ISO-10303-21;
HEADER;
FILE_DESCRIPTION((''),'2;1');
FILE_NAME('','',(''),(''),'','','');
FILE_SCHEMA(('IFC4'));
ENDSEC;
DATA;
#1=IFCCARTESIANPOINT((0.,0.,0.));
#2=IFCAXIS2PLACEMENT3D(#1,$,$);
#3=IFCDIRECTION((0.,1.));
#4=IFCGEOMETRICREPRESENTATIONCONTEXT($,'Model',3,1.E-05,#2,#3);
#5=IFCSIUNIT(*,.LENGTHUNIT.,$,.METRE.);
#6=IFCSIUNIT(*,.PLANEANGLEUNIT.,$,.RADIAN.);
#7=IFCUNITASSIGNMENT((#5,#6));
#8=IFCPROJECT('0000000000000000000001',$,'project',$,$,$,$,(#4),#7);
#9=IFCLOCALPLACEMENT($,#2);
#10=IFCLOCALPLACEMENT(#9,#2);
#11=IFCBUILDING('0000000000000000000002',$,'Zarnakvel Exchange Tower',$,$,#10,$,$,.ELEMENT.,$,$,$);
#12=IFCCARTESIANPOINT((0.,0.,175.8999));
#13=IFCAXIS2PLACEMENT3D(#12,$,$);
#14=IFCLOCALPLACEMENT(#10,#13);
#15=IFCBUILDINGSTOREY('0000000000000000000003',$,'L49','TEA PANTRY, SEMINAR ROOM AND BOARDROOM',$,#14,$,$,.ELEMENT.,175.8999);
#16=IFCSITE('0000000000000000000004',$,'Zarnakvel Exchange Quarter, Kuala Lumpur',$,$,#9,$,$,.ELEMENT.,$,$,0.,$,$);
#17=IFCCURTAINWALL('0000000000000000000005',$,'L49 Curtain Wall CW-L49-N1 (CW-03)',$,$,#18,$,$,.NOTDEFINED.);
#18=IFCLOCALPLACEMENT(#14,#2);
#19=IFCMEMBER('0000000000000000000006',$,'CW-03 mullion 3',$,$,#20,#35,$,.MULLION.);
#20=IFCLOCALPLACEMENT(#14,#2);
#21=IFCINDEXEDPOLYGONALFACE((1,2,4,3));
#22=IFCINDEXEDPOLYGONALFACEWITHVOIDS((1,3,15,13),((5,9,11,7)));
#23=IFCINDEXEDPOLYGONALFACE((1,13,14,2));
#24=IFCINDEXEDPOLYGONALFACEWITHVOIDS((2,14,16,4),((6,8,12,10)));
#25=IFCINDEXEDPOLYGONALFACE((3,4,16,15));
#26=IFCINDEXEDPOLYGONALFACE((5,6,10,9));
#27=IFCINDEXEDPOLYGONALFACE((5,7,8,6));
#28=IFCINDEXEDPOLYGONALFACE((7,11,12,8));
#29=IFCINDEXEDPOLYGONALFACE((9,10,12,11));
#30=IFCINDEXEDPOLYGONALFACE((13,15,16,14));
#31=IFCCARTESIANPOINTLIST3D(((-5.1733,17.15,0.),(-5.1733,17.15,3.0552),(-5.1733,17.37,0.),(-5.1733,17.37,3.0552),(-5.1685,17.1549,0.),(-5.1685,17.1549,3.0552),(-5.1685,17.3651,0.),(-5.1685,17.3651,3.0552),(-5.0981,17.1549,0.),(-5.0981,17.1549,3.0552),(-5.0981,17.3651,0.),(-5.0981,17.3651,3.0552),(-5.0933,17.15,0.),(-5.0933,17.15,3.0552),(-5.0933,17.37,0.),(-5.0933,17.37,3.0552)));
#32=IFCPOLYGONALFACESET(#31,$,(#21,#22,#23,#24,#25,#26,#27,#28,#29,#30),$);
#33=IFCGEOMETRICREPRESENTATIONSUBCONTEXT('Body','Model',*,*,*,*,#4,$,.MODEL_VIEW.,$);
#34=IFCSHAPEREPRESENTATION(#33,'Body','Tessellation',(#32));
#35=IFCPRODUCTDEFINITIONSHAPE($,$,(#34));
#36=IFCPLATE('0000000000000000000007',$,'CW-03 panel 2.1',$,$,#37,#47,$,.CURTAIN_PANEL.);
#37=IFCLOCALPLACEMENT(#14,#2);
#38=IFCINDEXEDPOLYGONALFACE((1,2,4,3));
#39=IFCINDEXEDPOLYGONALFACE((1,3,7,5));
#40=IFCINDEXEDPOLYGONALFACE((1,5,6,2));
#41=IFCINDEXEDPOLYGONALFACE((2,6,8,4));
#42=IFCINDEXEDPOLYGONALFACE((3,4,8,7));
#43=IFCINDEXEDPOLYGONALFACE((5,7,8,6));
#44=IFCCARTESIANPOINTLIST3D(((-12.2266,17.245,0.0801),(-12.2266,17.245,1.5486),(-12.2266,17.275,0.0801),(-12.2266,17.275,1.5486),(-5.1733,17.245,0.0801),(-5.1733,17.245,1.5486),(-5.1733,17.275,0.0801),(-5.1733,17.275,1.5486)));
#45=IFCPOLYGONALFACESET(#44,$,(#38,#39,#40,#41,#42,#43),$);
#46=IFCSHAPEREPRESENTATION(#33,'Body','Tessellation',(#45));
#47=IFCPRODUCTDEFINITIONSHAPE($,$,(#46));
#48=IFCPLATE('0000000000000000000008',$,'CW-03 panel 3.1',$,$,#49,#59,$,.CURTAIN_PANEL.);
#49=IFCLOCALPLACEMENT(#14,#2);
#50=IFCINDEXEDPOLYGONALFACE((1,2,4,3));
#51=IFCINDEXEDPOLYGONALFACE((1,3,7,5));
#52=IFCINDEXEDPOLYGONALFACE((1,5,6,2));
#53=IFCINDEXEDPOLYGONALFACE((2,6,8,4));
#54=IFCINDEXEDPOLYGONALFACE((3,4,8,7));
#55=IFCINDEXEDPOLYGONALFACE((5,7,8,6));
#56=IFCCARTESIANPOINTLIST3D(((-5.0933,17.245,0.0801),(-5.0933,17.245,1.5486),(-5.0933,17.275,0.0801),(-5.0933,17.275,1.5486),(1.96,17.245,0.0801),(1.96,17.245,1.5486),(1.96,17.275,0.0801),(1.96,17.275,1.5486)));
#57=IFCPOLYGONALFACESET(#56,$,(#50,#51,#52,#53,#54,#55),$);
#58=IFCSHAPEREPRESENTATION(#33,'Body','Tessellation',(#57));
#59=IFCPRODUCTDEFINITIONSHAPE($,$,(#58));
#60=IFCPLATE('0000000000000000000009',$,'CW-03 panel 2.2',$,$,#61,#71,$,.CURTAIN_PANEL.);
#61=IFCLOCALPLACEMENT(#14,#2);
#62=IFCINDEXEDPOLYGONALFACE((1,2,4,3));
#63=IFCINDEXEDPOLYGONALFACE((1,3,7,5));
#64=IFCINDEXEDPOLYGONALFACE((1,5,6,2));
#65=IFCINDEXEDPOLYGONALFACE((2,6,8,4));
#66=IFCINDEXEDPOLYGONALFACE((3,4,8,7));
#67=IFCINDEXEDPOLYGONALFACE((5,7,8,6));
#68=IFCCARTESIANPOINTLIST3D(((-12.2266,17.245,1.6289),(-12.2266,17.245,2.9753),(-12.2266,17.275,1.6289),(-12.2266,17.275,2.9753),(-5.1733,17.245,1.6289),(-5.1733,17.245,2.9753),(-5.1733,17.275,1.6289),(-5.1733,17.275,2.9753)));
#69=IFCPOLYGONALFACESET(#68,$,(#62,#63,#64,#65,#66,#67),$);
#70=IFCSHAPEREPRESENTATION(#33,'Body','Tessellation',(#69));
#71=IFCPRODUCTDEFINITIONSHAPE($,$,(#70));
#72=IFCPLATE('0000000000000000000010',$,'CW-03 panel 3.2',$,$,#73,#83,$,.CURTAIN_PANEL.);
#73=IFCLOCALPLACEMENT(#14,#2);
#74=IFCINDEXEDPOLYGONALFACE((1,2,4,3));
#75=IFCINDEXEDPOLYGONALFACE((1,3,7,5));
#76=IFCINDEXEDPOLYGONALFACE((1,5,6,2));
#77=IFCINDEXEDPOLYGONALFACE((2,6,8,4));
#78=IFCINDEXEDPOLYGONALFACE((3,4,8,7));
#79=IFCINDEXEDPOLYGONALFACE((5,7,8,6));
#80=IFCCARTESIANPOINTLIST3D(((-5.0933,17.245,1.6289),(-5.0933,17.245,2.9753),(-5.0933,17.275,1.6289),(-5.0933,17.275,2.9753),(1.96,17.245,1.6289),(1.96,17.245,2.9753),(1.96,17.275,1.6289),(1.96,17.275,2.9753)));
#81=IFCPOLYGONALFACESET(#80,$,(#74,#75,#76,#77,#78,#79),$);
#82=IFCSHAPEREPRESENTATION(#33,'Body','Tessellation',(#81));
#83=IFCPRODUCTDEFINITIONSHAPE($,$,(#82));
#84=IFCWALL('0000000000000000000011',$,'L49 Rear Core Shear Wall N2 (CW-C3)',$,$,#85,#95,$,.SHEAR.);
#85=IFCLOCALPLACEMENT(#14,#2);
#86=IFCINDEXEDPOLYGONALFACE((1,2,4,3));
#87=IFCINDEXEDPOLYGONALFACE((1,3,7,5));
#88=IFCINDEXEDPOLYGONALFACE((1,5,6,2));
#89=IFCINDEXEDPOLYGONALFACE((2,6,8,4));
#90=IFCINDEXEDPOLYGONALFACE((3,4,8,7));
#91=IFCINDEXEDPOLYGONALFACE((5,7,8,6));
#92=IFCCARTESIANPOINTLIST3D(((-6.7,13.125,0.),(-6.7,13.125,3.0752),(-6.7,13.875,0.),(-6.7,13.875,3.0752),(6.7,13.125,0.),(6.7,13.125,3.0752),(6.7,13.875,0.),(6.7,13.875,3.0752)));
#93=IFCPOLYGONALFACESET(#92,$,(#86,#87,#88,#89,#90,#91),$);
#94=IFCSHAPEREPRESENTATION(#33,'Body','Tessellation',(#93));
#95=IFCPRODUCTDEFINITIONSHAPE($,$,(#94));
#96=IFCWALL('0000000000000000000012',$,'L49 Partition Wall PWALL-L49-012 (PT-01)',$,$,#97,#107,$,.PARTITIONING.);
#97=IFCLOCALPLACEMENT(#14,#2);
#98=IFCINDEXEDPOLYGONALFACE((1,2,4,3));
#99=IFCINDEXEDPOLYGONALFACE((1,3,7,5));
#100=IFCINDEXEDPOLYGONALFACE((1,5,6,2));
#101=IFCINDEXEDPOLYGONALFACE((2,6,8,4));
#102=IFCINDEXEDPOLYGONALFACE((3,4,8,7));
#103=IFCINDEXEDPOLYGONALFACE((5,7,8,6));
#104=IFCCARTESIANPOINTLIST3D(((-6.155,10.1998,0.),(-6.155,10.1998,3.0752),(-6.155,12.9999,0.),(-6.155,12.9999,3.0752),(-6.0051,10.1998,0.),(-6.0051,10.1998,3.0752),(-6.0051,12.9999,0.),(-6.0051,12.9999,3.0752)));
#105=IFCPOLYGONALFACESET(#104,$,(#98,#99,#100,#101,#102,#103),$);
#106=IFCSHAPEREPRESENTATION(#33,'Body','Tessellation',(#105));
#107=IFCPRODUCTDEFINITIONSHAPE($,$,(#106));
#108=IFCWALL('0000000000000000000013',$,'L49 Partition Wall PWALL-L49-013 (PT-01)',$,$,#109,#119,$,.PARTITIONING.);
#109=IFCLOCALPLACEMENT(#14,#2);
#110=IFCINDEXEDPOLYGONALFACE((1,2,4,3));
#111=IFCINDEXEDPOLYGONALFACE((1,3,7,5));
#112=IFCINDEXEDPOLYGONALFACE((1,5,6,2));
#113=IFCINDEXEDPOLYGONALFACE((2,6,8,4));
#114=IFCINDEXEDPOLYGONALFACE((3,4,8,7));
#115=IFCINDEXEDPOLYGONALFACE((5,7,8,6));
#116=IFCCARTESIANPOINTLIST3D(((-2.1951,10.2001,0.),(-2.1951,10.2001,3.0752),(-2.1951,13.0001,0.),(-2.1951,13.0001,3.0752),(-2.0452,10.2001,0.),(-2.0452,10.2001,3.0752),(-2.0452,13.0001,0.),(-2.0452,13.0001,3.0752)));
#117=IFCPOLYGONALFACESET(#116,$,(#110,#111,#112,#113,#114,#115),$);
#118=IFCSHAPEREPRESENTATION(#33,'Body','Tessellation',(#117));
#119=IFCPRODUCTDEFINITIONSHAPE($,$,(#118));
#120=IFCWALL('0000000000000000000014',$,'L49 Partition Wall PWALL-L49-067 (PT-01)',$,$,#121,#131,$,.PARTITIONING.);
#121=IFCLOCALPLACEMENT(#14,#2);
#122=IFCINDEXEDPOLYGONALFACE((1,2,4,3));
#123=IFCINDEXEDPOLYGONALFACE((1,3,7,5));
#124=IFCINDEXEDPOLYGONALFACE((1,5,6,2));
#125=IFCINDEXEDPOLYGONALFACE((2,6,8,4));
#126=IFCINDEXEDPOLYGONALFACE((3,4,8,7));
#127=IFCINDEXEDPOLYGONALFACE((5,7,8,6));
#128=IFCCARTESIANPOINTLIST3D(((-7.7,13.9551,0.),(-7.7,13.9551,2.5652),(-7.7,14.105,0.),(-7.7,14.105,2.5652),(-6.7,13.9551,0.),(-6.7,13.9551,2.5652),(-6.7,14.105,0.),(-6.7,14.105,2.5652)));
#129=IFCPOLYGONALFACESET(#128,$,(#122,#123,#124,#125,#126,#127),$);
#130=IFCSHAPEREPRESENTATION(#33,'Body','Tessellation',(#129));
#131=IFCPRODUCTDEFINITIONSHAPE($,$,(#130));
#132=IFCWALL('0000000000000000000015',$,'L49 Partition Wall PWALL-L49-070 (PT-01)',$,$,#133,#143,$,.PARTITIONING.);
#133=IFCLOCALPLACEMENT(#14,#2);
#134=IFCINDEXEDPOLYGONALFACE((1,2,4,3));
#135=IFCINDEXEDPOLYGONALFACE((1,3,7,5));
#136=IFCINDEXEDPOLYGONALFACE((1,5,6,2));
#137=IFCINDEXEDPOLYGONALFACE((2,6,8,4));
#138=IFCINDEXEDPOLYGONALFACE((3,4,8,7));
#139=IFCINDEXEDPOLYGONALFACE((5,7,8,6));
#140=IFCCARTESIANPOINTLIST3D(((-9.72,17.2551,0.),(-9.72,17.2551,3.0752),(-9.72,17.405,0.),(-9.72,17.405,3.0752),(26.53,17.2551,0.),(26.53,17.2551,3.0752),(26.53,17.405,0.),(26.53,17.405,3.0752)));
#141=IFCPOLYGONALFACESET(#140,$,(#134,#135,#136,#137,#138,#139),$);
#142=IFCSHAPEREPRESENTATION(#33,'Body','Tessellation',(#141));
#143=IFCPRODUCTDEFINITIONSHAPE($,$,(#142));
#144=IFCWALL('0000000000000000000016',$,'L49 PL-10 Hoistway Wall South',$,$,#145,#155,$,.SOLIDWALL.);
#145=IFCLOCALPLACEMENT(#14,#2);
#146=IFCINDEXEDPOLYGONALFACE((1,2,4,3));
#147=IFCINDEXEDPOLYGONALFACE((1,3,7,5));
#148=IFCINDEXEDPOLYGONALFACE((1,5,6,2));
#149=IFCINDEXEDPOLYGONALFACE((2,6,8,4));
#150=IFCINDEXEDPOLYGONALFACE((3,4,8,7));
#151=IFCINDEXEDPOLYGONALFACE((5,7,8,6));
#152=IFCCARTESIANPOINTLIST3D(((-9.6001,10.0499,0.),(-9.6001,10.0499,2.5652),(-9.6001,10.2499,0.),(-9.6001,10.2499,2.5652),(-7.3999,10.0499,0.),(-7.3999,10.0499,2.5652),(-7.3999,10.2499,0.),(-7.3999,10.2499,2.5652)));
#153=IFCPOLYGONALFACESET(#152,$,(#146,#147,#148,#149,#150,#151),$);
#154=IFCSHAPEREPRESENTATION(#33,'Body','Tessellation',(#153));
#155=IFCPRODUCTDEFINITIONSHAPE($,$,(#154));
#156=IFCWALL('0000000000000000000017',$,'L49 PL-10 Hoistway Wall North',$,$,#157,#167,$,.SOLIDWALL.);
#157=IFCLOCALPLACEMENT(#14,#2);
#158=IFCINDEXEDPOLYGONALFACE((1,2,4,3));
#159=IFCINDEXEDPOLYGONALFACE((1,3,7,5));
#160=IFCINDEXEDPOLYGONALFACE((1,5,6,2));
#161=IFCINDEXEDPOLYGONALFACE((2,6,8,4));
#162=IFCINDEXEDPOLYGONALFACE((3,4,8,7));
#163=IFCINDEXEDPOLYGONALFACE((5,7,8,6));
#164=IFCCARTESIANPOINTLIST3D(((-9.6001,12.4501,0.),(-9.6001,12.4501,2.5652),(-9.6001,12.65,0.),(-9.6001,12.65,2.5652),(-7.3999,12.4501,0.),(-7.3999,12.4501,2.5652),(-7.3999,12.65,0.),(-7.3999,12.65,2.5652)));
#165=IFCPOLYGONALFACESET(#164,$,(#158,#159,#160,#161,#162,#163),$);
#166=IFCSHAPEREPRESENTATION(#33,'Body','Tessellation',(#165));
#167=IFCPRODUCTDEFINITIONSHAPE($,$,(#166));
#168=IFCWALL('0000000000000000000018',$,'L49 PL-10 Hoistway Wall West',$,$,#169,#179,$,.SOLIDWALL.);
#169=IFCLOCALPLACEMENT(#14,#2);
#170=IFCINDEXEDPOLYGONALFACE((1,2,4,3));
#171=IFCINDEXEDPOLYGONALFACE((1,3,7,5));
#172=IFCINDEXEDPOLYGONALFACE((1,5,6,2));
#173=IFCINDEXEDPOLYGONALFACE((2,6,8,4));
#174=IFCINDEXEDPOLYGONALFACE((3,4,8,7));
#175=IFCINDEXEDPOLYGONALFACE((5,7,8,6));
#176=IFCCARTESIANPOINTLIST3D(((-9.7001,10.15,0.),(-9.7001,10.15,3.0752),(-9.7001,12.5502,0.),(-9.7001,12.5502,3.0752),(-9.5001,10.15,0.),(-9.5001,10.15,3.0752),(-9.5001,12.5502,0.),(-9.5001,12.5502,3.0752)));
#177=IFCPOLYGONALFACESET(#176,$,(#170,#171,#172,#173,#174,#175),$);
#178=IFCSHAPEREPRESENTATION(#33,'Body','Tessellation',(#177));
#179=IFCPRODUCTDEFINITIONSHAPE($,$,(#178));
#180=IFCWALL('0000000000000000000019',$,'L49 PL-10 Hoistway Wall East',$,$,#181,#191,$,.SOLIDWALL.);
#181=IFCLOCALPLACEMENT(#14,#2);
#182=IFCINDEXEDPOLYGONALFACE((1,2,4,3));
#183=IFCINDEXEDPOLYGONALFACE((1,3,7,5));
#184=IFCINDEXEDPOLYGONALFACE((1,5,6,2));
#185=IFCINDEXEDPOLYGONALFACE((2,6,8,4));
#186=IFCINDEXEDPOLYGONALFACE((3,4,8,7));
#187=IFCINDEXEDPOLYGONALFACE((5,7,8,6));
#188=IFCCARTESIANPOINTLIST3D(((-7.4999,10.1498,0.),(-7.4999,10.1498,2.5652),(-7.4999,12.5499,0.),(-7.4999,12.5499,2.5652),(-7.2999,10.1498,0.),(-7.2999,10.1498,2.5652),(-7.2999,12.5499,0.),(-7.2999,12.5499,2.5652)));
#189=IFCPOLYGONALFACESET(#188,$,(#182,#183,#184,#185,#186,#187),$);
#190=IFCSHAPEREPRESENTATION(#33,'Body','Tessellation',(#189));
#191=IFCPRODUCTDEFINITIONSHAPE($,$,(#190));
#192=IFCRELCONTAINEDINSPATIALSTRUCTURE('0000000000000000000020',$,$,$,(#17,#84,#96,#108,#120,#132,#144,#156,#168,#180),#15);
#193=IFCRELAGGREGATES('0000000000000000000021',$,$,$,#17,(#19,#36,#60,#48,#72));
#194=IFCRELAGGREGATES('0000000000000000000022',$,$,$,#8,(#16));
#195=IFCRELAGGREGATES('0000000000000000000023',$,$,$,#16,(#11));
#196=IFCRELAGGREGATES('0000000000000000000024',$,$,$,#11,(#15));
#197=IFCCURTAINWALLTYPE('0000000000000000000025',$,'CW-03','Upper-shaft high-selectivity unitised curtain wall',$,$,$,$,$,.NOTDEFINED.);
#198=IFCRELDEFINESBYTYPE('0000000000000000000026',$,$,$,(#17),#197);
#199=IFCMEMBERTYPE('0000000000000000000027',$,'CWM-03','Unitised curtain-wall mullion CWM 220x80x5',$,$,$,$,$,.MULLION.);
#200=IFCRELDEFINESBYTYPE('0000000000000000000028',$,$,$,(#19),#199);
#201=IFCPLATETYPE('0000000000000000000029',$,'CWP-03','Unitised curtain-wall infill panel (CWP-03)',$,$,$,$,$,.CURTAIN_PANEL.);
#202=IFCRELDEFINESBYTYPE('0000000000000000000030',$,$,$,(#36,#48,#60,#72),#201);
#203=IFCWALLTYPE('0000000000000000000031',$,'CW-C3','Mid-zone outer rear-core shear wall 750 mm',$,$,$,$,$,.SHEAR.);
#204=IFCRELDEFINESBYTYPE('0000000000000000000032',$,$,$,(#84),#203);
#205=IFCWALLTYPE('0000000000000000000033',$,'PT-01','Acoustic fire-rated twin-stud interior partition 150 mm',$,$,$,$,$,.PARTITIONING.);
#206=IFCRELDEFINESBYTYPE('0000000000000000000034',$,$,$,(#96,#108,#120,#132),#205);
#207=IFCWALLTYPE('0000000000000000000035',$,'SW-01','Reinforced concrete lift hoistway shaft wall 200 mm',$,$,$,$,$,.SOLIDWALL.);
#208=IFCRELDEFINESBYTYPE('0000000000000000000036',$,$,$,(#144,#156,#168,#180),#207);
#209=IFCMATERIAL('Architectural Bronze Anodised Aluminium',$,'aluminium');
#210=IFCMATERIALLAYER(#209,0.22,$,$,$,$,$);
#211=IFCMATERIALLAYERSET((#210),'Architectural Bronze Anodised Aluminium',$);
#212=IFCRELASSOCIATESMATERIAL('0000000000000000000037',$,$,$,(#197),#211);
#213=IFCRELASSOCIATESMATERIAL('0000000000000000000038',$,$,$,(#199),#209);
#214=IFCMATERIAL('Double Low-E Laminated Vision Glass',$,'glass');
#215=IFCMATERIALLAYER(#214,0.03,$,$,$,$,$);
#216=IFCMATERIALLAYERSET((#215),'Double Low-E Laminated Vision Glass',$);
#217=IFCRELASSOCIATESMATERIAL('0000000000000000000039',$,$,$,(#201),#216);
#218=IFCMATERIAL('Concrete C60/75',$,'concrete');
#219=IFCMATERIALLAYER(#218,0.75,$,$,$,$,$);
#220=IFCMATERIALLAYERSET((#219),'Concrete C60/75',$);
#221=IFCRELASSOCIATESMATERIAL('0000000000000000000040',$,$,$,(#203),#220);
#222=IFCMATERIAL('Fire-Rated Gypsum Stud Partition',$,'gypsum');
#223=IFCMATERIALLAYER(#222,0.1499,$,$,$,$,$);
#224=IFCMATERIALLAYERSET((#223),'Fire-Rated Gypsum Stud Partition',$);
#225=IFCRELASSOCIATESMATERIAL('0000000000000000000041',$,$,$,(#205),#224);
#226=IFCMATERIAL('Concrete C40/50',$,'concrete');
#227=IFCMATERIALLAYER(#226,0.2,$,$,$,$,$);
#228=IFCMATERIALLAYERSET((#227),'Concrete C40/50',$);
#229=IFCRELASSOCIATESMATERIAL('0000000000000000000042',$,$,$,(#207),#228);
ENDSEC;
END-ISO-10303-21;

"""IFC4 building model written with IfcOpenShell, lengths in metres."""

from ifc_helpers import new_model, si_unit, direction, frame, frame_2d, origin, origin_2d, place, context, subcontext, project, spatial, rectangle, hollow_rectangle, extrude, source, transform, mapped, material, layer, layer_set, material_profile, profile_set, type_object, element, aggregate, save


model = new_model("IFC4")

# Units and contexts
model_context = context("Model", 3, precision=1e-05, world=origin(), true_north=direction((0.0, 1.0)))
body_context = subcontext(model_context, "Body", "Model", "MODEL_VIEW")
ifc_project = project(units=[si_unit("LENGTHUNIT", "METRE"), si_unit("PLANEANGLEUNIT", "RADIAN")], contexts=[model_context])

# Site, building, storey
site_placement = place(None, origin())
site = spatial("IfcSite", under=ifc_project, at=site_placement, Name="Zarnakvel Exchange Quarter, Kuala Lumpur", CompositionType="ELEMENT", RefElevation=0.0)
building_placement = place(site_placement, origin())
building = spatial("IfcBuilding", under=site, at=building_placement, Name="Zarnakvel Exchange Tower", CompositionType="ELEMENT")
storey_placement = place(building_placement, frame((0.0, 0.0, 175.8999)))
storey = spatial("IfcBuildingStorey", under=building, at=storey_placement, Name="L49", Description="TEA PANTRY, SEMINAR ROOM AND BOARDROOM", CompositionType="ELEMENT", Elevation=175.8999)

# Shared definitions
ifc_material_1 = material(Name="Concrete C60/75", Category="concrete")

# Curtain wall, member, plates
ifc_material_2 = material(Name="Architectural Bronze Anodised Aluminium", Category="aluminium")
ifc_layer_1 = layer(ifc_material_2, 0.22)
ifc_layer_set_1 = layer_set([ifc_layer_1], Name="Architectural Bronze Anodised Aluminium")
curtain_wall_type = type_object("IfcCurtainWallType", Name="CW-03", Description="Upper-shaft high-selectivity unitised curtain wall", PredefinedType="NOTDEFINED", material=ifc_layer_set_1)
curtain_wall_placement = place(storey_placement, origin())
curtain_wall = element("IfcCurtainWall", 1, at=curtain_wall_placement, inside=storey, type_object=curtain_wall_type, Name="L49 Curtain Wall CW-L49-N1 (CW-03)", PredefinedType="NOTDEFINED")
ifc_material_profile_1 = material_profile(ifc_material_2, hollow_rectangle(XDim=0.22, YDim=0.0801, WallThickness=0.0049, at=origin_2d()))
ifc_profile_set_1 = profile_set([ifc_material_profile_1], Name="Architectural Bronze Anodised Aluminium")
member_type_1 = type_object("IfcMemberType", Name="CWM-03", Description="Unitised curtain-wall mullion CWM 220x80x5", PredefinedType="MULLION", material=ifc_profile_set_1)
shared_shape_1 = source(origin(), body_context, "Body", "SweptSolid", [
    extrude(hollow_rectangle(XDim=0.22, YDim=0.0801, WallThickness=0.0049, at=origin_2d()), origin(), (0.0, 0.0, 1.0), 3.0552),
])
member_1_placement = place(storey_placement, frame((-5.1333, 17.26, 0.0), z_axis=(0.0, 0.0, 1.0), x_axis=(0.0, 1.0, 0.0)))
member_1 = element("IfcMember", 2, at=member_1_placement, type_object=member_type_1, Name="CW-03 mullion 3", PredefinedType="MULLION", context=body_context, shape_type="MappedRepresentation", body=[
    mapped(shared_shape_1, transform((0.0, 0.0, 0.0), x_axis=(1.0, 0.0, 0.0), y_axis=(0.0, 1.0, 0.0), z_axis=(0.0, 0.0, 1.0), scale=1.0)),
])
ifc_material_3 = material(Name="Double Low-E Laminated Vision Glass", Category="glass")
ifc_layer_2 = layer(ifc_material_3, 0.03)
ifc_layer_set_2 = layer_set([ifc_layer_2], Name="Double Low-E Laminated Vision Glass")
plate_type = type_object("IfcPlateType", Name="CWP-03", Description="Unitised curtain-wall infill panel (CWP-03)", PredefinedType="CURTAIN_PANEL", material=ifc_layer_set_2)
shared_shape_2 = source(origin(), body_context, "Body", "SweptSolid", [
    extrude(rectangle(XDim=7.0532, YDim=0.03, at=origin_2d()), origin(), (0.0, 0.0, 1.0), 1.4685),
])
plate_1_placement = place(storey_placement, frame((-8.7, 17.26, 0.0801), z_axis=(0.0, 0.0, 1.0), x_axis=(1.0, 0.0, 0.0)))
plate_1 = element("IfcPlate", 3, at=plate_1_placement, type_object=plate_type, Name="CW-03 panel 2.1", PredefinedType="CURTAIN_PANEL", context=body_context, shape_type="MappedRepresentation", body=[
    mapped(shared_shape_2, transform((0.0, 0.0, 0.0), x_axis=(1.0, 0.0, 0.0), y_axis=(0.0, 1.0, 0.0), z_axis=(0.0, 0.0, 1.0), scale=1.0)),
])
plate_2_placement = place(storey_placement, frame((-1.5667, 17.26, 0.0801), z_axis=(0.0, 0.0, 1.0), x_axis=(1.0, 0.0, 0.0)))
plate_2 = element("IfcPlate", 4, at=plate_2_placement, type_object=plate_type, Name="CW-03 panel 3.1", PredefinedType="CURTAIN_PANEL", context=body_context, shape_type="MappedRepresentation", body=[
    mapped(shared_shape_2, transform((0.0, 0.0, 0.0), x_axis=(1.0, 0.0, 0.0), y_axis=(0.0, 1.0, 0.0), z_axis=(0.0, 0.0, 1.0), scale=1.0)),
])
shared_shape_3 = source(origin(), body_context, "Body", "SweptSolid", [
    extrude(rectangle(XDim=7.0532, YDim=0.03, at=origin_2d()), origin(), (0.0, 0.0, 1.0), 1.3464),
])
plate_3_placement = place(storey_placement, frame((-8.7, 17.26, 1.6289), z_axis=(0.0, 0.0, 1.0), x_axis=(1.0, 0.0, 0.0)))
plate_3 = element("IfcPlate", 5, at=plate_3_placement, type_object=plate_type, Name="CW-03 panel 2.2", PredefinedType="CURTAIN_PANEL", context=body_context, shape_type="MappedRepresentation", body=[
    mapped(shared_shape_3, transform((0.0, 0.0, 0.0), x_axis=(1.0, 0.0, 0.0), y_axis=(0.0, 1.0, 0.0), z_axis=(0.0, 0.0, 1.0), scale=1.0)),
])
plate_4_placement = place(storey_placement, frame((-1.5667, 17.26, 1.6289), z_axis=(0.0, 0.0, 1.0), x_axis=(1.0, 0.0, 0.0)))
plate_4 = element("IfcPlate", 6, at=plate_4_placement, type_object=plate_type, Name="CW-03 panel 3.2", PredefinedType="CURTAIN_PANEL", context=body_context, shape_type="MappedRepresentation", body=[
    mapped(shared_shape_3, transform((0.0, 0.0, 0.0), x_axis=(1.0, 0.0, 0.0), y_axis=(0.0, 1.0, 0.0), z_axis=(0.0, 0.0, 1.0), scale=1.0)),
])
aggregate(curtain_wall, [member_1, plate_1, plate_3, plate_2, plate_4])

# Wall
ifc_layer_3 = layer(ifc_material_1, 0.75)
ifc_layer_set_3 = layer_set([ifc_layer_3], Name="Concrete C60/75")
wall_type_1 = type_object("IfcWallType", Name="CW-C3", Description="Mid-zone outer rear-core shear wall 750 mm", PredefinedType="SHEAR", material=ifc_layer_set_3)
wall_1_placement = place(storey_placement, frame((-6.7, 13.5, 0.0), z_axis=(0.0, 0.0, 1.0), x_axis=(1.0, 0.0, 0.0)))
element("IfcWall", 7, at=wall_1_placement, inside=storey, type_object=wall_type_1, Name="L49 Rear Core Shear Wall N2 (CW-C3)", PredefinedType="SHEAR", context=body_context, shape_type="SweptSolid", body=[
    extrude(rectangle(XDim=13.3999, YDim=0.75, at=frame_2d((6.7, 0.0))), origin(), (0.0, 0.0, 1.0), 3.0752),
])

# Shared definitions
ifc_material_4 = material(Name="Fire-Rated Gypsum Stud Partition", Category="gypsum")
ifc_layer_4 = layer(ifc_material_4, 0.1499)
ifc_layer_set_4 = layer_set([ifc_layer_4], Name="Fire-Rated Gypsum Stud Partition")
wall_type_2 = type_object("IfcWallType", Name="PT-01", Description="Acoustic fire-rated twin-stud interior partition 150 mm", PredefinedType="PARTITIONING", material=ifc_layer_set_4)

# Walls
for number, where, z_axis, x_axis, name in (
    (8, (-6.0801, 10.2, 0.0), (0.0, 0.0, 1.0), (0.0, 1.0, 0.0), "L49 Partition Wall PWALL-L49-012 (PT-01)"),
    (9, (-2.1201, 13.0, 0.0), (0.0, 0.0, 1.0), (0.0, -1.0, 0.0), "L49 Partition Wall PWALL-L49-013 (PT-01)"),
):
    element("IfcWall", number, at=place(storey_placement, frame(where, z_axis=z_axis, x_axis=x_axis)), inside=storey, type_object=wall_type_2, Name=name, PredefinedType="PARTITIONING", context=body_context, shape_type="SweptSolid", body=[
        extrude(rectangle(XDim=2.8, YDim=0.1499, at=frame_2d((1.3999, 0.0))), origin(), (0.0, 0.0, 1.0), 3.0752),
    ])
wall_2_placement = place(storey_placement, frame((-6.7, 14.03, 0.0), z_axis=(0.0, 0.0, 1.0), x_axis=(-1.0, 0.0, 0.0)))
element("IfcWall", 10, at=wall_2_placement, inside=storey, type_object=wall_type_2, Name="L49 Partition Wall PWALL-L49-067 (PT-01)", PredefinedType="PARTITIONING", context=body_context, shape_type="SweptSolid", body=[
    extrude(rectangle(XDim=1.0, YDim=0.1499, at=frame_2d((0.5, 0.0))), origin(), (0.0, 0.0, 1.0), 2.5652),
])
wall_3_placement = place(storey_placement, frame((-9.72, 17.3301, 0.0), z_axis=(0.0, 0.0, 1.0), x_axis=(1.0, 0.0, 0.0)))
element("IfcWall", 11, at=wall_3_placement, inside=storey, type_object=wall_type_2, Name="L49 Partition Wall PWALL-L49-070 (PT-01)", PredefinedType="PARTITIONING", context=body_context, shape_type="SweptSolid", body=[
    extrude(rectangle(XDim=36.25, YDim=0.1499, at=frame_2d((18.125, 0.0))), origin(), (0.0, 0.0, 1.0), 3.0752),
])

# Walls
ifc_material_5 = material(Name="Concrete C40/50", Category="concrete")
ifc_layer_5 = layer(ifc_material_5, 0.2)
ifc_layer_set_5 = layer_set([ifc_layer_5], Name="Concrete C40/50")
wall_type_3 = type_object("IfcWallType", Name="SW-01", Description="Reinforced concrete lift hoistway shaft wall 200 mm", PredefinedType="SOLIDWALL", material=ifc_layer_set_5)
for number, where, z_axis, x_axis, name in (
    (12, (-7.3999, 10.1499, 0.0), (0.0, 0.0, 1.0), (-1.0, 0.0, 0.0), "L49 PL-10 Hoistway Wall South"),
    (13, (-9.6001, 12.55, 0.0), (0.0, 0.0, 1.0), (1.0, 0.0, 0.0), "L49 PL-10 Hoistway Wall North"),
):
    element("IfcWall", number, at=place(storey_placement, frame(where, z_axis=z_axis, x_axis=x_axis)), inside=storey, type_object=wall_type_3, Name=name, PredefinedType="SOLIDWALL", context=body_context, shape_type="SweptSolid", body=[
        extrude(rectangle(XDim=2.2002, YDim=0.2, at=frame_2d((1.1001, 0.0))), origin(), (0.0, 0.0, 1.0), 2.5652),
    ])
wall_4_placement = place(storey_placement, frame((-9.6001, 10.1499, 0.0), z_axis=(0.0, 0.0, 1.0), x_axis=(0.0, 1.0, 0.0)))
element("IfcWall", 14, at=wall_4_placement, inside=storey, type_object=wall_type_3, Name="L49 PL-10 Hoistway Wall West", PredefinedType="SOLIDWALL", context=body_context, shape_type="SweptSolid", body=[
    extrude(rectangle(XDim=2.4001, YDim=0.2, at=frame_2d((1.2002, 0.0))), origin(), (0.0, 0.0, 1.0), 3.0752),
])
wall_5_placement = place(storey_placement, frame((-7.3999, 12.55, 0.0), z_axis=(0.0, 0.0, 1.0), x_axis=(0.0, -1.0, 0.0)))
element("IfcWall", 15, at=wall_5_placement, inside=storey, type_object=wall_type_3, Name="L49 PL-10 Hoistway Wall East", PredefinedType="SOLIDWALL", context=body_context, shape_type="SweptSolid", body=[
    extrude(rectangle(XDim=2.4001, YDim=0.2, at=frame_2d((1.2002, 0.0))), origin(), (0.0, 0.0, 1.0), 2.5652),
])

save(model, "model.ifc")
